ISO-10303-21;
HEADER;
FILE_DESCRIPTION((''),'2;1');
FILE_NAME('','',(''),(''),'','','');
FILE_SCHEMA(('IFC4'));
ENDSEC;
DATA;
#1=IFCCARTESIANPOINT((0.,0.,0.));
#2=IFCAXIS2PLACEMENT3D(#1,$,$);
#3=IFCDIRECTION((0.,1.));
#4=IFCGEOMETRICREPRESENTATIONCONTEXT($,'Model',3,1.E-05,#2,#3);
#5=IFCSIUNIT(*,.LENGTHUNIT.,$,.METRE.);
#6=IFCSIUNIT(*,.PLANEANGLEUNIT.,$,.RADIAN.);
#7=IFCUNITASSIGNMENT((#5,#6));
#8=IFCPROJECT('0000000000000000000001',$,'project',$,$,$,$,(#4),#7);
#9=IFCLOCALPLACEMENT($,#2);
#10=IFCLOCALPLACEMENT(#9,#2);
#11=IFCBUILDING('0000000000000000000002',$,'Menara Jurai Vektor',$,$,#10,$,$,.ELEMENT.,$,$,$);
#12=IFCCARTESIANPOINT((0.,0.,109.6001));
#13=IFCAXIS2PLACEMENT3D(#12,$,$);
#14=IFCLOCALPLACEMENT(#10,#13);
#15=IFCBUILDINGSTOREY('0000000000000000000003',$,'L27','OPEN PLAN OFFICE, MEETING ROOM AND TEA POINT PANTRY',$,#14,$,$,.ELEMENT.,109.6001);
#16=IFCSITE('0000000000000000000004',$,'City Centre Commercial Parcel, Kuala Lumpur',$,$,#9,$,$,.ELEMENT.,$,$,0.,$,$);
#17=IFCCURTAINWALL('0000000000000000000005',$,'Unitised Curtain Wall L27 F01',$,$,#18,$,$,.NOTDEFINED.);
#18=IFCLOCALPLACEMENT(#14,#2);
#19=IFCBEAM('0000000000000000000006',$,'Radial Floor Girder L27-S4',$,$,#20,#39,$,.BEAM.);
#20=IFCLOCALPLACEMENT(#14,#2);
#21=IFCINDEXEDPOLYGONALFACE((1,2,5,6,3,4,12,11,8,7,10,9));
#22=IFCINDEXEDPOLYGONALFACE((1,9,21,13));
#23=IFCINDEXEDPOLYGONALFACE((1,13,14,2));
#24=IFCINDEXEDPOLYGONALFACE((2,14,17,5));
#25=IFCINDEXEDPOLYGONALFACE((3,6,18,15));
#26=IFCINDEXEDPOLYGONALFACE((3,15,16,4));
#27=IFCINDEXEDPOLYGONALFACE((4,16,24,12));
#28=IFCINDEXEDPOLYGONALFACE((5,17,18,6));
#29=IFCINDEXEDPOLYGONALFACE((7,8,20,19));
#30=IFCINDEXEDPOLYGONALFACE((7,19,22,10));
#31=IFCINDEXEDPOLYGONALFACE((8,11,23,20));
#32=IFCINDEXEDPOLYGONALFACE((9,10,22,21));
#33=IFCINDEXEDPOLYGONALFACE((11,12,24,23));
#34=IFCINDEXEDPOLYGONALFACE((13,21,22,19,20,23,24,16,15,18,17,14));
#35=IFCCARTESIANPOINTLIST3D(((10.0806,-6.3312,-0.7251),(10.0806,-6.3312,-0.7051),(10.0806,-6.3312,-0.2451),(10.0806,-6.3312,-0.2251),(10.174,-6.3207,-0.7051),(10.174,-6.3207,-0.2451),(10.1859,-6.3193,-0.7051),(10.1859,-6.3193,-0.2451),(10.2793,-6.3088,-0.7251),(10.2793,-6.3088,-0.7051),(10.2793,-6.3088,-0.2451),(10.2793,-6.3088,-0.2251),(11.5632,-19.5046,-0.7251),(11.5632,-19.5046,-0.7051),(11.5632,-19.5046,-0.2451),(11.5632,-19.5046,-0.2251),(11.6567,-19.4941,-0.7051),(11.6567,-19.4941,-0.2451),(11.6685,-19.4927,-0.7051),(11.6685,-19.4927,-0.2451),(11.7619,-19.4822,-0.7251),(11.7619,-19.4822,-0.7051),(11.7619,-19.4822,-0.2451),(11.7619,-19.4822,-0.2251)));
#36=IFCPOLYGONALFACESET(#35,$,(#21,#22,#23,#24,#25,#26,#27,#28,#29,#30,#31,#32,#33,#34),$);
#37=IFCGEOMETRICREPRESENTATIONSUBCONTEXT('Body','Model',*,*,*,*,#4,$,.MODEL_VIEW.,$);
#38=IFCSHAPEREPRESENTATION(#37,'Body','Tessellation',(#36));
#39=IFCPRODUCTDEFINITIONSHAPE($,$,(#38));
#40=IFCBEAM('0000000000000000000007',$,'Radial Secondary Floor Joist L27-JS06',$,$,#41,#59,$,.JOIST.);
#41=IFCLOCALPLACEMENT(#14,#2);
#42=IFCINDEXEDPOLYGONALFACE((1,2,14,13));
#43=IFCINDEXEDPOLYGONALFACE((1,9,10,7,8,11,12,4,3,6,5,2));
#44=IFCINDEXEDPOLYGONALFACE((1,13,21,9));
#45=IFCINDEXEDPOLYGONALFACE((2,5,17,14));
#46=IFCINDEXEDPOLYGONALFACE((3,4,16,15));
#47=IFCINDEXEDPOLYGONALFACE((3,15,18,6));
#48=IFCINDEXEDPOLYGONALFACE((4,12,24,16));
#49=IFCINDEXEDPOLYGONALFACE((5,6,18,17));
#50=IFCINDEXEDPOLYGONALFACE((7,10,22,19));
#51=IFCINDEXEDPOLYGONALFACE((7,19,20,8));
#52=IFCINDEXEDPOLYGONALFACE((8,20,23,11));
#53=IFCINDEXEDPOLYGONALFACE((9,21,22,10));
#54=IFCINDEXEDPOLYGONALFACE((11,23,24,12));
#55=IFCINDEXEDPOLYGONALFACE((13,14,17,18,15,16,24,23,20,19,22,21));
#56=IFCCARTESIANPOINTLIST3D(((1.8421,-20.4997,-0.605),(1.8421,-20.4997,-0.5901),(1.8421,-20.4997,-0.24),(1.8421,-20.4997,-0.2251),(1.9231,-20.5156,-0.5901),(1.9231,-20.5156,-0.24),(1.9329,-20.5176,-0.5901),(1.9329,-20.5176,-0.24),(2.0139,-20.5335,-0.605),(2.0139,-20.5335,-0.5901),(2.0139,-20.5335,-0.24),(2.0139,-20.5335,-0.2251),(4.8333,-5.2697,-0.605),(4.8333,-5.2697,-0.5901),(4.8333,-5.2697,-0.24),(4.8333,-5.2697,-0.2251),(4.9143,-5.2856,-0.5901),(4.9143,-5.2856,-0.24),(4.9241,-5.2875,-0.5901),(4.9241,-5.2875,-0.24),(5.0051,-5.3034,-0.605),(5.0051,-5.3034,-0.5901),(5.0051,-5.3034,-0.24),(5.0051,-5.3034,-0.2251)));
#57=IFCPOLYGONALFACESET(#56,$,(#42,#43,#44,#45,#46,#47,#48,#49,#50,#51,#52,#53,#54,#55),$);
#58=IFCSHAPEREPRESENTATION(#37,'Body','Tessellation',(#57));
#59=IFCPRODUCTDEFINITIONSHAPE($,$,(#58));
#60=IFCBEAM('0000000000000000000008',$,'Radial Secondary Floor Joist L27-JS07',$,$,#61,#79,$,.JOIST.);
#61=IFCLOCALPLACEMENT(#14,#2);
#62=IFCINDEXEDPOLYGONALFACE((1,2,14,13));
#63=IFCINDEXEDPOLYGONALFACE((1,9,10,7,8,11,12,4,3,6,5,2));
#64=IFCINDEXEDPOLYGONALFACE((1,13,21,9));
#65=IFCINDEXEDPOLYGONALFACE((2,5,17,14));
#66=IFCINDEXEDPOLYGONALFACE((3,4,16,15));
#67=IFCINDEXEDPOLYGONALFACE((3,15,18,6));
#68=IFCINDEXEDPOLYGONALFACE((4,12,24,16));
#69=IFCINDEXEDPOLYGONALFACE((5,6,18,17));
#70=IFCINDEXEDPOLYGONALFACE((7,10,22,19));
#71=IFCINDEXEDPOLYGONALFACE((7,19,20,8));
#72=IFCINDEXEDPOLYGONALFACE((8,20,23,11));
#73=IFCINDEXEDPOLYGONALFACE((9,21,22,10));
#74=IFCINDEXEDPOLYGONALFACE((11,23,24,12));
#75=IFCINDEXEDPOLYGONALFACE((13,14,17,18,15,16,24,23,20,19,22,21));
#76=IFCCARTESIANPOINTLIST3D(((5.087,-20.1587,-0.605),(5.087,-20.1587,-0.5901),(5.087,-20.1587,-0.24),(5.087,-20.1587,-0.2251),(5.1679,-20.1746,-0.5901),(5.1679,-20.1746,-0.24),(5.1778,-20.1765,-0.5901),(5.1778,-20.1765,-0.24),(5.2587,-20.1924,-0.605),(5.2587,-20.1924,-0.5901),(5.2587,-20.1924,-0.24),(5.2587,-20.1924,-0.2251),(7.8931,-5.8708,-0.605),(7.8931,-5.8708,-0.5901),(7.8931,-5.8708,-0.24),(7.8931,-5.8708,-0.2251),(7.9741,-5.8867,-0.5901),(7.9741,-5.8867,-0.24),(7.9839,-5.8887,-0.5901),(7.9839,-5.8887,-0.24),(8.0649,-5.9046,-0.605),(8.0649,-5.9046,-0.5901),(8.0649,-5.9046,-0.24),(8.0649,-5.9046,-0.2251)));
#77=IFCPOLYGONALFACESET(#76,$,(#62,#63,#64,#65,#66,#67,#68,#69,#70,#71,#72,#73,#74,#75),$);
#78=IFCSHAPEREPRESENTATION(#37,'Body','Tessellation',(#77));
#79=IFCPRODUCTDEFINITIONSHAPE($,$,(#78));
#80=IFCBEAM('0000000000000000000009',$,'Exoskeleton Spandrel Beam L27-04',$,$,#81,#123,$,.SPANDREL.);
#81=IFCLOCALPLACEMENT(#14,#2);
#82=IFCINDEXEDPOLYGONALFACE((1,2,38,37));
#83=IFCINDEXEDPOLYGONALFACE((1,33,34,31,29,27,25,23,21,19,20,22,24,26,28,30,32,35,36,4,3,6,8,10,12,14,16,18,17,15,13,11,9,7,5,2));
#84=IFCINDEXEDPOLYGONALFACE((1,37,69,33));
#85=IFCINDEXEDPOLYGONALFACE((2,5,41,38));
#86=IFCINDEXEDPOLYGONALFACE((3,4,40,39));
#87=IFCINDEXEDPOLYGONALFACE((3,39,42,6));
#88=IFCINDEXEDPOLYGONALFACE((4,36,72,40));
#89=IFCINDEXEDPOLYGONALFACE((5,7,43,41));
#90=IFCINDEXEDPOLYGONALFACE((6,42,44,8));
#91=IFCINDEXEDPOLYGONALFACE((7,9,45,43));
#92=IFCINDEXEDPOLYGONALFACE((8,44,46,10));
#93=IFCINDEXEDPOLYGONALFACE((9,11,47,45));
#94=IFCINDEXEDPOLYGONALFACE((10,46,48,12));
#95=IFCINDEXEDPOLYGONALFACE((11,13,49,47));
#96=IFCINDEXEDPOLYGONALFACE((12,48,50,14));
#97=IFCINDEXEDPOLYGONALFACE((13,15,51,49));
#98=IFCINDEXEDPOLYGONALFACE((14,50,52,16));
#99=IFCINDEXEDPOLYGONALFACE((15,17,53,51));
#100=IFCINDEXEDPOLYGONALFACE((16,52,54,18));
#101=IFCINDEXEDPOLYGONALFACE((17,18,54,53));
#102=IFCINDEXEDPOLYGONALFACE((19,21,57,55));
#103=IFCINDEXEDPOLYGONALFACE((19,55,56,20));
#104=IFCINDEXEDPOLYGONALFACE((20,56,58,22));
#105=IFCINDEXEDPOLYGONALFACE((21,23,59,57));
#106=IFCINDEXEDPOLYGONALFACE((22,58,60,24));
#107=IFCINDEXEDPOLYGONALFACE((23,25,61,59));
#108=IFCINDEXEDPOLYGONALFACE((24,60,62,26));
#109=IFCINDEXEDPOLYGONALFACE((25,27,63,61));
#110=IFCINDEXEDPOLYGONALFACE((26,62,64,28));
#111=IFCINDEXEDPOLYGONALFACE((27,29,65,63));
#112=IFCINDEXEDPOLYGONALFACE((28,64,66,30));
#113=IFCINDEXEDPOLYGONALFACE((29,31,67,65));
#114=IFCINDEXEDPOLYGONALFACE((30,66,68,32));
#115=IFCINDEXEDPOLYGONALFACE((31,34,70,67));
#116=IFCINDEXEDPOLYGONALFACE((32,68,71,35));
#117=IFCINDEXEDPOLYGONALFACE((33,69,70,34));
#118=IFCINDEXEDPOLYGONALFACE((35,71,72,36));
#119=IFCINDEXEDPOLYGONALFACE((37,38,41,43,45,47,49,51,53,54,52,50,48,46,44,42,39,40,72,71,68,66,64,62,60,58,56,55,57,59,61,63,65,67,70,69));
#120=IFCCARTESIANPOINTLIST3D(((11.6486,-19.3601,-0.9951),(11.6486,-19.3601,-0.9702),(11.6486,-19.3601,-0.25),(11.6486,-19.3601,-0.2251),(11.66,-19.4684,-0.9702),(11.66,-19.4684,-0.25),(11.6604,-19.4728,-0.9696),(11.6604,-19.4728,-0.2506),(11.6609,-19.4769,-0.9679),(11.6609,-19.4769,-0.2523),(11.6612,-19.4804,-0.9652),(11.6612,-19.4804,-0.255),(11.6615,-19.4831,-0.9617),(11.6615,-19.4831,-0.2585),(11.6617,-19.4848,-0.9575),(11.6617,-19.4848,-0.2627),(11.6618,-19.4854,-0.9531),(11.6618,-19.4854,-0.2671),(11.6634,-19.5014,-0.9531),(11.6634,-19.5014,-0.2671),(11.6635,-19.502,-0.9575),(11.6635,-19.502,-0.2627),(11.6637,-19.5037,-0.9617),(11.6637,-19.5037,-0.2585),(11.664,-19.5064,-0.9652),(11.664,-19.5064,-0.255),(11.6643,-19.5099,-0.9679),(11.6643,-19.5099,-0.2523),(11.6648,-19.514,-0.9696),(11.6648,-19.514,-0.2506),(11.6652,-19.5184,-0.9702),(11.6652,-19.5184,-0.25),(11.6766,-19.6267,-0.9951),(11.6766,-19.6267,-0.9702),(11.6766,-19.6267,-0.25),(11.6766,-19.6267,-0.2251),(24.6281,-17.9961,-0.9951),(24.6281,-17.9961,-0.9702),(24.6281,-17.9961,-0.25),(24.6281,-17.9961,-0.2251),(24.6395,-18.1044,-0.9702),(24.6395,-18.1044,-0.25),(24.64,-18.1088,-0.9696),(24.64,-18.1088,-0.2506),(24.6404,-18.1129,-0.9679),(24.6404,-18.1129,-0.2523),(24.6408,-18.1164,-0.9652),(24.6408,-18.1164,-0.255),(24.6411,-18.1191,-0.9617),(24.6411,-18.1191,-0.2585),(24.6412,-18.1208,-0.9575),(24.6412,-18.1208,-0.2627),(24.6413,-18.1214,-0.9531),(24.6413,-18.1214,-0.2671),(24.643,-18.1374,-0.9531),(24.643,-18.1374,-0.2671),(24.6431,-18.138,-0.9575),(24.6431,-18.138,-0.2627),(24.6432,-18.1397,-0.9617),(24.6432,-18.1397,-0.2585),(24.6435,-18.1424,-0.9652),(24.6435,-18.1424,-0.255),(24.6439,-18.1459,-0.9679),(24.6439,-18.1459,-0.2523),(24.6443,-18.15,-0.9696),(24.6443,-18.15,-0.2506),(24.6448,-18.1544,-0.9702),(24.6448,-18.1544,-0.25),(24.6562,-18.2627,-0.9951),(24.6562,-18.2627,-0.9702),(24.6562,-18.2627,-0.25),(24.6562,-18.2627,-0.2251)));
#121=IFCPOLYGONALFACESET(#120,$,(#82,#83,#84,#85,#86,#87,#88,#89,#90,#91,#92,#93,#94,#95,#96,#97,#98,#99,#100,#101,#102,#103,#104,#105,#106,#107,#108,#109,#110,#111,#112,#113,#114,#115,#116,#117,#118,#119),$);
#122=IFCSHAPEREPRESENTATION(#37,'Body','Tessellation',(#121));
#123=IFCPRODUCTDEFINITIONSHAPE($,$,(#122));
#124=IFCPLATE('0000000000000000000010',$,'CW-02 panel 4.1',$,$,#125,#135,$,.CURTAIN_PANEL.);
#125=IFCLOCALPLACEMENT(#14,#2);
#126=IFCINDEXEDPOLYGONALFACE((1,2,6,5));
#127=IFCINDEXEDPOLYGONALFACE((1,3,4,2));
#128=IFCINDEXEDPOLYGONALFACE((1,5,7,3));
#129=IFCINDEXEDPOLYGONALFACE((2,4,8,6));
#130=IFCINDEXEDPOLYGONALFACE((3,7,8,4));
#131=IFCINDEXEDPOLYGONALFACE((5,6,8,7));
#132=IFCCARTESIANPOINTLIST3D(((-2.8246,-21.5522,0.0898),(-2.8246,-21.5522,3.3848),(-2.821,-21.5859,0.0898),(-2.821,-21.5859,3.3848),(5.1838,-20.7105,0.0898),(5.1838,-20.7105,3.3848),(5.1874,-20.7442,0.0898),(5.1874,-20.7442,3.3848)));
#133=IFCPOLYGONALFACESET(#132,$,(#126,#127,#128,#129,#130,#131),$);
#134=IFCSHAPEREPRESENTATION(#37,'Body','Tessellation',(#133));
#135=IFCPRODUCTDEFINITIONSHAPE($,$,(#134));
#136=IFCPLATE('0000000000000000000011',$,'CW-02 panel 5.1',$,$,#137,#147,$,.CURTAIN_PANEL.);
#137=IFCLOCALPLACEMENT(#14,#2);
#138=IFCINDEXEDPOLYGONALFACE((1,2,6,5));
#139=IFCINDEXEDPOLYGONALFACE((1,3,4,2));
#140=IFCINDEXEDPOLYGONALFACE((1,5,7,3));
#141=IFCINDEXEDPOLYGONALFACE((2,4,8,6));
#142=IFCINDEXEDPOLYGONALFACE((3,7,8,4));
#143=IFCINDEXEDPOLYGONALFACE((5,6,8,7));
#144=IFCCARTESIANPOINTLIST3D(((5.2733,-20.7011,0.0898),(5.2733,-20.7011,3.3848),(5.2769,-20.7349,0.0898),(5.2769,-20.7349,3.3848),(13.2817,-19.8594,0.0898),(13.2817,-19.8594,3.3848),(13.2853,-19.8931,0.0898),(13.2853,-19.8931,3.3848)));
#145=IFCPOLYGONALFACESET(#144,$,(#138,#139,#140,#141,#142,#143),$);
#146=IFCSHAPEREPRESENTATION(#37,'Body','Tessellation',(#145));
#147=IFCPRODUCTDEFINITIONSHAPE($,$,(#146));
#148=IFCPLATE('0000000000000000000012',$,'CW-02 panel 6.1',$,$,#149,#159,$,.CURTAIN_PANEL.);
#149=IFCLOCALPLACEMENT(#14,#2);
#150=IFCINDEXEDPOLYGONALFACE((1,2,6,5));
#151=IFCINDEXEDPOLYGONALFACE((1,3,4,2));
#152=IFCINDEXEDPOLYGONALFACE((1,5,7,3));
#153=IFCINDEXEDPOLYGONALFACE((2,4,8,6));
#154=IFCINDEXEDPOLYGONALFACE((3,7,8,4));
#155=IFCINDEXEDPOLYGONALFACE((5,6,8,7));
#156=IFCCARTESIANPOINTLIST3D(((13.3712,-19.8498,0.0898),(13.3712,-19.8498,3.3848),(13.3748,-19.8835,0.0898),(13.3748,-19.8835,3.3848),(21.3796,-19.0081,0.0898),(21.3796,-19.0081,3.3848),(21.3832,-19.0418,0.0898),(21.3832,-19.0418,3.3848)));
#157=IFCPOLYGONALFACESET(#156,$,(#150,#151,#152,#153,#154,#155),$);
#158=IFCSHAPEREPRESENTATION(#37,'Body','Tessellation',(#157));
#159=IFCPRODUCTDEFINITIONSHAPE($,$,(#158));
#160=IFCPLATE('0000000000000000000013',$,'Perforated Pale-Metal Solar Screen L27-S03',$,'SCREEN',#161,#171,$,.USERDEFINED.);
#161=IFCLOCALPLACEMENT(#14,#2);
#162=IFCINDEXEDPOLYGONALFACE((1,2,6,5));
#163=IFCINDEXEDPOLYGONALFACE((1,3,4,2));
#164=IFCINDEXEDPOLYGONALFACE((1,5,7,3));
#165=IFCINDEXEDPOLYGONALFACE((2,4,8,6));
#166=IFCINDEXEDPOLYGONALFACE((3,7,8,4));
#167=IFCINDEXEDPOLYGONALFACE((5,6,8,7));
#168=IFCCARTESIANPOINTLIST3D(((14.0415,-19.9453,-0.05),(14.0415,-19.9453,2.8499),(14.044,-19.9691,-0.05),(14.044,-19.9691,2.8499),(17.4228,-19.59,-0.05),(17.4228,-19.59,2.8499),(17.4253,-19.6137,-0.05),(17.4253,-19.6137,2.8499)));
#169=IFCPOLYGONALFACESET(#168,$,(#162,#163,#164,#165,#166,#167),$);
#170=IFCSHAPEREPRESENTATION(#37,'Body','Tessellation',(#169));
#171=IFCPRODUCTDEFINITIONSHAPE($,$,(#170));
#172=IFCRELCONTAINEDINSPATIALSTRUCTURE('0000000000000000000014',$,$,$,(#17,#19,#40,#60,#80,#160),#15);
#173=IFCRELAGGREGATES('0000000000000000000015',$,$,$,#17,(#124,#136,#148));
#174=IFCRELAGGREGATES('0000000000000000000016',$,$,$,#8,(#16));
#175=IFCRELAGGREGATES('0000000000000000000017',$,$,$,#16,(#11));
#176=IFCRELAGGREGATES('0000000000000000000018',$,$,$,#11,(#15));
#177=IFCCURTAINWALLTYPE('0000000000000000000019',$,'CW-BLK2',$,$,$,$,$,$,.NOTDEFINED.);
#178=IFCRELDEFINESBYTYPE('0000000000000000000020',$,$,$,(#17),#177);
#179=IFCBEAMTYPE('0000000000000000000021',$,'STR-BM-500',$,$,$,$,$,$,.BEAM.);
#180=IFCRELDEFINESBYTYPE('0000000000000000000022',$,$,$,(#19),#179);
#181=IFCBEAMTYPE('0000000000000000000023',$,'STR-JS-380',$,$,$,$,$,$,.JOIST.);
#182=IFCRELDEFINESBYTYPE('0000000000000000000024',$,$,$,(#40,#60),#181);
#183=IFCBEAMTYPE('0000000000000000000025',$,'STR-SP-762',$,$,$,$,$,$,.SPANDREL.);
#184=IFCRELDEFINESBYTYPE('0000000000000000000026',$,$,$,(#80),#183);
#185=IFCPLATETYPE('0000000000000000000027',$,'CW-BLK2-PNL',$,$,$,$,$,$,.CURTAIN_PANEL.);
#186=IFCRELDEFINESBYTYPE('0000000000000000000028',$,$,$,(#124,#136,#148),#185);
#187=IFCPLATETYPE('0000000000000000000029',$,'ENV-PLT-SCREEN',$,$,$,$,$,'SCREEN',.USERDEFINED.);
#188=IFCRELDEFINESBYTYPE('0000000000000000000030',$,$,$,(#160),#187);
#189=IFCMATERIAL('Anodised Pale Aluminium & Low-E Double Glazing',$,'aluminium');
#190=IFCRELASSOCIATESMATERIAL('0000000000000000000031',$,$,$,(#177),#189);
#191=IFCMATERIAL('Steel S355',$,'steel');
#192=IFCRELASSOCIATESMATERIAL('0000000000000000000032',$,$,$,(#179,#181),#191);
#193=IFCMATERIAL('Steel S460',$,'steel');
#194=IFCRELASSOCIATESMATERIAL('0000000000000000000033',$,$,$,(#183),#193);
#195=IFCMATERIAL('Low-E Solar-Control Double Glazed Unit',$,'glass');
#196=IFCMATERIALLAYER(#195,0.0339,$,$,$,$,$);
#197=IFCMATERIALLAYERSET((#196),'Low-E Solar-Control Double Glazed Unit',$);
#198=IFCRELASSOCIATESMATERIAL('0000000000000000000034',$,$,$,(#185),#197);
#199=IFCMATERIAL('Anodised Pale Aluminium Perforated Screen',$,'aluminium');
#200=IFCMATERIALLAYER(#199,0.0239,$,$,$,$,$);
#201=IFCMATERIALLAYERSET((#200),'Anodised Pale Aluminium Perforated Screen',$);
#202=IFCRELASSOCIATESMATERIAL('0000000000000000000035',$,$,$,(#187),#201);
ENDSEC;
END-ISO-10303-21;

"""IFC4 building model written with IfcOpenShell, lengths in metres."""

from ifc_helpers import new_model, si_unit, direction, frame, origin, origin_2d, place, context, subcontext, project, spatial, rectangle, i_section, extrude, material, layer, layer_set, material_profile, profile_set, type_object, element, aggregate, save


model = new_model("IFC4")

# Units and contexts
model_context = context("Model", 3, precision=1e-05, world=origin(), true_north=direction((0.0, 1.0)))
body_context = subcontext(model_context, "Body", "Model", "MODEL_VIEW")
ifc_project = project(units=[si_unit("LENGTHUNIT", "METRE"), si_unit("PLANEANGLEUNIT", "RADIAN")], contexts=[model_context])

# Site, building, storey
site_placement = place(None, origin())
site = spatial("IfcSite", under=ifc_project, at=site_placement, Name="City Centre Commercial Parcel, Kuala Lumpur", CompositionType="ELEMENT", RefElevation=0.0)
building_placement = place(site_placement, origin())
building = spatial("IfcBuilding", under=site, at=building_placement, Name="Menara Jurai Vektor", CompositionType="ELEMENT")
storey_placement = place(building_placement, frame((0.0, 0.0, 109.6001)))
storey = spatial("IfcBuildingStorey", under=building, at=storey_placement, Name="L27", Description="OPEN PLAN OFFICE, MEETING ROOM AND TEA POINT PANTRY", CompositionType="ELEMENT", Elevation=109.6001)

# Shared definitions
ifc_material_1 = material(Name="Steel S460", Category="steel")

# Curtain wall
ifc_material_2 = material(Name="Anodised Pale Aluminium & Low-E Double Glazing", Category="aluminium")
curtain_wall_type = type_object("IfcCurtainWallType", Name="CW-BLK2", PredefinedType="NOTDEFINED", material=ifc_material_2)
curtain_wall_placement = place(storey_placement, origin())
curtain_wall = element("IfcCurtainWall", 1, at=curtain_wall_placement, inside=storey, type_object=curtain_wall_type, Name="Unitised Curtain Wall L27 F01", PredefinedType="NOTDEFINED")

# Beams
ifc_material_3 = material(Name="Steel S355", Category="steel")
ifc_material_profile_1 = material_profile(ifc_material_3, i_section(OverallWidth=0.2, OverallDepth=0.5, WebThickness=0.012, FlangeThickness=0.02, at=origin_2d()), Name="PG 500x200x96")
ifc_profile_set_1 = profile_set([ifc_material_profile_1], Name="Steel S355")
beam_type_1 = type_object("IfcBeamType", Name="STR-BM-500", PredefinedType="BEAM", material=ifc_profile_set_1)
beam_1_placement = place(storey_placement, frame((11.6626, -19.4934, -0.4751), z_axis=(-0.111844, 0.993726, 0.0), x_axis=(-0.993726, -0.111844, 0.0)))
element("IfcBeam", 2, at=beam_1_placement, inside=storey, type_object=beam_type_1, Name="Radial Floor Girder L27-S4", PredefinedType="BEAM", context=body_context, shape_type="SweptSolid", body=[
    extrude(i_section(OverallWidth=0.2, OverallDepth=0.5, WebThickness=0.012, FlangeThickness=0.02, at=origin_2d()), origin(), (0.0, 0.0, 1.0), 13.2566),
])
ifc_material_profile_2 = material_profile(ifc_material_3, i_section(OverallWidth=0.175, OverallDepth=0.3799, WebThickness=0.01, FlangeThickness=0.0149, at=origin_2d()), Name="PG 380x175x58")
ifc_profile_set_2 = profile_set([ifc_material_profile_2], Name="Steel S355")
beam_type_2 = type_object("IfcBeamType", Name="STR-JS-380", PredefinedType="JOIST", material=ifc_profile_set_2)
beam_2_placement = place(storey_placement, frame((1.928, -20.5166, -0.415), z_axis=(0.192721, 0.981254, 0.0), x_axis=(-0.981254, 0.192721, 0.0)))
element("IfcBeam", 3, at=beam_2_placement, inside=storey, type_object=beam_type_2, Name="Radial Secondary Floor Joist L27-JS06", PredefinedType="JOIST", context=body_context, shape_type="SweptSolid", body=[
    extrude(i_section(OverallWidth=0.175, OverallDepth=0.3799, WebThickness=0.01, FlangeThickness=0.0149, at=origin_2d()), origin(), (0.0, 0.0, 1.0), 15.521),
])
beam_3_placement = place(storey_placement, frame((5.1729, -20.1755, -0.415), z_axis=(0.19272, 0.981254, 0.0), x_axis=(-0.981254, 0.19272, 0.0)))
element("IfcBeam", 4, at=beam_3_placement, inside=storey, type_object=beam_type_2, Name="Radial Secondary Floor Joist L27-JS07", PredefinedType="JOIST", context=body_context, shape_type="SweptSolid", body=[
    extrude(i_section(OverallWidth=0.175, OverallDepth=0.3799, WebThickness=0.01, FlangeThickness=0.0149, at=origin_2d()), origin(), (0.0, 0.0, 1.0), 14.5608),
])
ifc_material_profile_3 = material_profile(ifc_material_1, i_section(OverallWidth=0.2681, OverallDepth=0.77, WebThickness=0.0161, FlangeThickness=0.0249, FilletRadius=0.0171, at=origin_2d()), Name="UKB 762x267x197")
ifc_profile_set_3 = profile_set([ifc_material_profile_3], Name="Steel S460")
beam_type_3 = type_object("IfcBeamType", Name="STR-SP-762", PredefinedType="SPANDREL", material=ifc_profile_set_3)
beam_4_placement = place(storey_placement, frame((11.6626, -19.4934, -0.6101), z_axis=(0.994523, 0.104514, 0.0), x_axis=(-0.104514, 0.994523, 0.0)))
element("IfcBeam", 5, at=beam_4_placement, inside=storey, type_object=beam_type_3, Name="Exoskeleton Spandrel Beam L27-04", PredefinedType="SPANDREL", context=body_context, shape_type="SweptSolid", body=[
    extrude(i_section(OverallWidth=0.2681, OverallDepth=0.77, WebThickness=0.0161, FlangeThickness=0.0249, FilletRadius=0.0171, at=origin_2d()), origin(), (0.0, 0.0, 1.0), 13.051),
])

# Plates
ifc_material_4 = material(Name="Low-E Solar-Control Double Glazed Unit", Category="glass")
ifc_layer_1 = layer(ifc_material_4, 0.0339)
ifc_layer_set_1 = layer_set([ifc_layer_1], Name="Low-E Solar-Control Double Glazed Unit")
plate_type_1 = type_object("IfcPlateType", Name="CW-BLK2-PNL", PredefinedType="CURTAIN_PANEL", material=ifc_layer_set_1)
plate_1_placement = place(storey_placement, frame((1.1814, -21.1482, 0.0898), z_axis=(0.0, 0.0, 1.0), x_axis=(0.994522, 0.104529, 0.0)))
plate_1 = element("IfcPlate", 6, at=plate_1_placement, type_object=plate_type_1, Name="CW-02 panel 4.1", PredefinedType="CURTAIN_PANEL", context=body_context, shape_type="SweptSolid", body=[
    extrude(rectangle(XDim=8.0525, YDim=0.0339, at=origin_2d()), origin(), (0.0, 0.0, 1.0), 3.2949),
])
plate_2_placement = place(storey_placement, frame((9.2793, -20.2971, 0.0898), z_axis=(0.0, 0.0, 1.0), x_axis=(0.994522, 0.104529, 0.0)))
plate_2 = element("IfcPlate", 7, at=plate_2_placement, type_object=plate_type_1, Name="CW-02 panel 5.1", PredefinedType="CURTAIN_PANEL", context=body_context, shape_type="SweptSolid", body=[
    extrude(rectangle(XDim=8.0525, YDim=0.0339, at=origin_2d()), origin(), (0.0, 0.0, 1.0), 3.2949),
])
plate_3_placement = place(storey_placement, frame((17.3772, -19.4458, 0.0898), z_axis=(0.0, 0.0, 1.0), x_axis=(0.994522, 0.104529, 0.0)))
plate_3 = element("IfcPlate", 8, at=plate_3_placement, type_object=plate_type_1, Name="CW-02 panel 6.1", PredefinedType="CURTAIN_PANEL", context=body_context, shape_type="SweptSolid", body=[
    extrude(rectangle(XDim=8.0525, YDim=0.0339, at=origin_2d()), origin(), (0.0, 0.0, 1.0), 3.2949),
])
aggregate(curtain_wall, [plate_1, plate_2, plate_3])
ifc_material_5 = material(Name="Anodised Pale Aluminium Perforated Screen", Category="aluminium")
ifc_layer_2 = layer(ifc_material_5, 0.0239)
ifc_layer_set_2 = layer_set([ifc_layer_2], Name="Anodised Pale Aluminium Perforated Screen")
plate_type_2 = type_object("IfcPlateType", Name="ENV-PLT-SCREEN", ElementType="SCREEN", PredefinedType="USERDEFINED", material=ifc_layer_set_2)
plate_4_placement = place(storey_placement, frame((15.7334, -19.7795, -0.05), z_axis=(0.0, 0.0, 1.0), x_axis=(0.994522, 0.104528, 0.0)))
element("IfcPlate", 9, at=plate_4_placement, inside=storey, type_object=plate_type_2, Name="Perforated Pale-Metal Solar Screen L27-S03", ObjectType="SCREEN", PredefinedType="USERDEFINED", context=body_context, shape_type="SweptSolid", body=[
    extrude(rectangle(XDim=3.3999, YDim=0.0239, at=origin_2d()), origin(), (0.0, 0.0, 1.0), 2.8999),
])

save(model, "model.ifc")
